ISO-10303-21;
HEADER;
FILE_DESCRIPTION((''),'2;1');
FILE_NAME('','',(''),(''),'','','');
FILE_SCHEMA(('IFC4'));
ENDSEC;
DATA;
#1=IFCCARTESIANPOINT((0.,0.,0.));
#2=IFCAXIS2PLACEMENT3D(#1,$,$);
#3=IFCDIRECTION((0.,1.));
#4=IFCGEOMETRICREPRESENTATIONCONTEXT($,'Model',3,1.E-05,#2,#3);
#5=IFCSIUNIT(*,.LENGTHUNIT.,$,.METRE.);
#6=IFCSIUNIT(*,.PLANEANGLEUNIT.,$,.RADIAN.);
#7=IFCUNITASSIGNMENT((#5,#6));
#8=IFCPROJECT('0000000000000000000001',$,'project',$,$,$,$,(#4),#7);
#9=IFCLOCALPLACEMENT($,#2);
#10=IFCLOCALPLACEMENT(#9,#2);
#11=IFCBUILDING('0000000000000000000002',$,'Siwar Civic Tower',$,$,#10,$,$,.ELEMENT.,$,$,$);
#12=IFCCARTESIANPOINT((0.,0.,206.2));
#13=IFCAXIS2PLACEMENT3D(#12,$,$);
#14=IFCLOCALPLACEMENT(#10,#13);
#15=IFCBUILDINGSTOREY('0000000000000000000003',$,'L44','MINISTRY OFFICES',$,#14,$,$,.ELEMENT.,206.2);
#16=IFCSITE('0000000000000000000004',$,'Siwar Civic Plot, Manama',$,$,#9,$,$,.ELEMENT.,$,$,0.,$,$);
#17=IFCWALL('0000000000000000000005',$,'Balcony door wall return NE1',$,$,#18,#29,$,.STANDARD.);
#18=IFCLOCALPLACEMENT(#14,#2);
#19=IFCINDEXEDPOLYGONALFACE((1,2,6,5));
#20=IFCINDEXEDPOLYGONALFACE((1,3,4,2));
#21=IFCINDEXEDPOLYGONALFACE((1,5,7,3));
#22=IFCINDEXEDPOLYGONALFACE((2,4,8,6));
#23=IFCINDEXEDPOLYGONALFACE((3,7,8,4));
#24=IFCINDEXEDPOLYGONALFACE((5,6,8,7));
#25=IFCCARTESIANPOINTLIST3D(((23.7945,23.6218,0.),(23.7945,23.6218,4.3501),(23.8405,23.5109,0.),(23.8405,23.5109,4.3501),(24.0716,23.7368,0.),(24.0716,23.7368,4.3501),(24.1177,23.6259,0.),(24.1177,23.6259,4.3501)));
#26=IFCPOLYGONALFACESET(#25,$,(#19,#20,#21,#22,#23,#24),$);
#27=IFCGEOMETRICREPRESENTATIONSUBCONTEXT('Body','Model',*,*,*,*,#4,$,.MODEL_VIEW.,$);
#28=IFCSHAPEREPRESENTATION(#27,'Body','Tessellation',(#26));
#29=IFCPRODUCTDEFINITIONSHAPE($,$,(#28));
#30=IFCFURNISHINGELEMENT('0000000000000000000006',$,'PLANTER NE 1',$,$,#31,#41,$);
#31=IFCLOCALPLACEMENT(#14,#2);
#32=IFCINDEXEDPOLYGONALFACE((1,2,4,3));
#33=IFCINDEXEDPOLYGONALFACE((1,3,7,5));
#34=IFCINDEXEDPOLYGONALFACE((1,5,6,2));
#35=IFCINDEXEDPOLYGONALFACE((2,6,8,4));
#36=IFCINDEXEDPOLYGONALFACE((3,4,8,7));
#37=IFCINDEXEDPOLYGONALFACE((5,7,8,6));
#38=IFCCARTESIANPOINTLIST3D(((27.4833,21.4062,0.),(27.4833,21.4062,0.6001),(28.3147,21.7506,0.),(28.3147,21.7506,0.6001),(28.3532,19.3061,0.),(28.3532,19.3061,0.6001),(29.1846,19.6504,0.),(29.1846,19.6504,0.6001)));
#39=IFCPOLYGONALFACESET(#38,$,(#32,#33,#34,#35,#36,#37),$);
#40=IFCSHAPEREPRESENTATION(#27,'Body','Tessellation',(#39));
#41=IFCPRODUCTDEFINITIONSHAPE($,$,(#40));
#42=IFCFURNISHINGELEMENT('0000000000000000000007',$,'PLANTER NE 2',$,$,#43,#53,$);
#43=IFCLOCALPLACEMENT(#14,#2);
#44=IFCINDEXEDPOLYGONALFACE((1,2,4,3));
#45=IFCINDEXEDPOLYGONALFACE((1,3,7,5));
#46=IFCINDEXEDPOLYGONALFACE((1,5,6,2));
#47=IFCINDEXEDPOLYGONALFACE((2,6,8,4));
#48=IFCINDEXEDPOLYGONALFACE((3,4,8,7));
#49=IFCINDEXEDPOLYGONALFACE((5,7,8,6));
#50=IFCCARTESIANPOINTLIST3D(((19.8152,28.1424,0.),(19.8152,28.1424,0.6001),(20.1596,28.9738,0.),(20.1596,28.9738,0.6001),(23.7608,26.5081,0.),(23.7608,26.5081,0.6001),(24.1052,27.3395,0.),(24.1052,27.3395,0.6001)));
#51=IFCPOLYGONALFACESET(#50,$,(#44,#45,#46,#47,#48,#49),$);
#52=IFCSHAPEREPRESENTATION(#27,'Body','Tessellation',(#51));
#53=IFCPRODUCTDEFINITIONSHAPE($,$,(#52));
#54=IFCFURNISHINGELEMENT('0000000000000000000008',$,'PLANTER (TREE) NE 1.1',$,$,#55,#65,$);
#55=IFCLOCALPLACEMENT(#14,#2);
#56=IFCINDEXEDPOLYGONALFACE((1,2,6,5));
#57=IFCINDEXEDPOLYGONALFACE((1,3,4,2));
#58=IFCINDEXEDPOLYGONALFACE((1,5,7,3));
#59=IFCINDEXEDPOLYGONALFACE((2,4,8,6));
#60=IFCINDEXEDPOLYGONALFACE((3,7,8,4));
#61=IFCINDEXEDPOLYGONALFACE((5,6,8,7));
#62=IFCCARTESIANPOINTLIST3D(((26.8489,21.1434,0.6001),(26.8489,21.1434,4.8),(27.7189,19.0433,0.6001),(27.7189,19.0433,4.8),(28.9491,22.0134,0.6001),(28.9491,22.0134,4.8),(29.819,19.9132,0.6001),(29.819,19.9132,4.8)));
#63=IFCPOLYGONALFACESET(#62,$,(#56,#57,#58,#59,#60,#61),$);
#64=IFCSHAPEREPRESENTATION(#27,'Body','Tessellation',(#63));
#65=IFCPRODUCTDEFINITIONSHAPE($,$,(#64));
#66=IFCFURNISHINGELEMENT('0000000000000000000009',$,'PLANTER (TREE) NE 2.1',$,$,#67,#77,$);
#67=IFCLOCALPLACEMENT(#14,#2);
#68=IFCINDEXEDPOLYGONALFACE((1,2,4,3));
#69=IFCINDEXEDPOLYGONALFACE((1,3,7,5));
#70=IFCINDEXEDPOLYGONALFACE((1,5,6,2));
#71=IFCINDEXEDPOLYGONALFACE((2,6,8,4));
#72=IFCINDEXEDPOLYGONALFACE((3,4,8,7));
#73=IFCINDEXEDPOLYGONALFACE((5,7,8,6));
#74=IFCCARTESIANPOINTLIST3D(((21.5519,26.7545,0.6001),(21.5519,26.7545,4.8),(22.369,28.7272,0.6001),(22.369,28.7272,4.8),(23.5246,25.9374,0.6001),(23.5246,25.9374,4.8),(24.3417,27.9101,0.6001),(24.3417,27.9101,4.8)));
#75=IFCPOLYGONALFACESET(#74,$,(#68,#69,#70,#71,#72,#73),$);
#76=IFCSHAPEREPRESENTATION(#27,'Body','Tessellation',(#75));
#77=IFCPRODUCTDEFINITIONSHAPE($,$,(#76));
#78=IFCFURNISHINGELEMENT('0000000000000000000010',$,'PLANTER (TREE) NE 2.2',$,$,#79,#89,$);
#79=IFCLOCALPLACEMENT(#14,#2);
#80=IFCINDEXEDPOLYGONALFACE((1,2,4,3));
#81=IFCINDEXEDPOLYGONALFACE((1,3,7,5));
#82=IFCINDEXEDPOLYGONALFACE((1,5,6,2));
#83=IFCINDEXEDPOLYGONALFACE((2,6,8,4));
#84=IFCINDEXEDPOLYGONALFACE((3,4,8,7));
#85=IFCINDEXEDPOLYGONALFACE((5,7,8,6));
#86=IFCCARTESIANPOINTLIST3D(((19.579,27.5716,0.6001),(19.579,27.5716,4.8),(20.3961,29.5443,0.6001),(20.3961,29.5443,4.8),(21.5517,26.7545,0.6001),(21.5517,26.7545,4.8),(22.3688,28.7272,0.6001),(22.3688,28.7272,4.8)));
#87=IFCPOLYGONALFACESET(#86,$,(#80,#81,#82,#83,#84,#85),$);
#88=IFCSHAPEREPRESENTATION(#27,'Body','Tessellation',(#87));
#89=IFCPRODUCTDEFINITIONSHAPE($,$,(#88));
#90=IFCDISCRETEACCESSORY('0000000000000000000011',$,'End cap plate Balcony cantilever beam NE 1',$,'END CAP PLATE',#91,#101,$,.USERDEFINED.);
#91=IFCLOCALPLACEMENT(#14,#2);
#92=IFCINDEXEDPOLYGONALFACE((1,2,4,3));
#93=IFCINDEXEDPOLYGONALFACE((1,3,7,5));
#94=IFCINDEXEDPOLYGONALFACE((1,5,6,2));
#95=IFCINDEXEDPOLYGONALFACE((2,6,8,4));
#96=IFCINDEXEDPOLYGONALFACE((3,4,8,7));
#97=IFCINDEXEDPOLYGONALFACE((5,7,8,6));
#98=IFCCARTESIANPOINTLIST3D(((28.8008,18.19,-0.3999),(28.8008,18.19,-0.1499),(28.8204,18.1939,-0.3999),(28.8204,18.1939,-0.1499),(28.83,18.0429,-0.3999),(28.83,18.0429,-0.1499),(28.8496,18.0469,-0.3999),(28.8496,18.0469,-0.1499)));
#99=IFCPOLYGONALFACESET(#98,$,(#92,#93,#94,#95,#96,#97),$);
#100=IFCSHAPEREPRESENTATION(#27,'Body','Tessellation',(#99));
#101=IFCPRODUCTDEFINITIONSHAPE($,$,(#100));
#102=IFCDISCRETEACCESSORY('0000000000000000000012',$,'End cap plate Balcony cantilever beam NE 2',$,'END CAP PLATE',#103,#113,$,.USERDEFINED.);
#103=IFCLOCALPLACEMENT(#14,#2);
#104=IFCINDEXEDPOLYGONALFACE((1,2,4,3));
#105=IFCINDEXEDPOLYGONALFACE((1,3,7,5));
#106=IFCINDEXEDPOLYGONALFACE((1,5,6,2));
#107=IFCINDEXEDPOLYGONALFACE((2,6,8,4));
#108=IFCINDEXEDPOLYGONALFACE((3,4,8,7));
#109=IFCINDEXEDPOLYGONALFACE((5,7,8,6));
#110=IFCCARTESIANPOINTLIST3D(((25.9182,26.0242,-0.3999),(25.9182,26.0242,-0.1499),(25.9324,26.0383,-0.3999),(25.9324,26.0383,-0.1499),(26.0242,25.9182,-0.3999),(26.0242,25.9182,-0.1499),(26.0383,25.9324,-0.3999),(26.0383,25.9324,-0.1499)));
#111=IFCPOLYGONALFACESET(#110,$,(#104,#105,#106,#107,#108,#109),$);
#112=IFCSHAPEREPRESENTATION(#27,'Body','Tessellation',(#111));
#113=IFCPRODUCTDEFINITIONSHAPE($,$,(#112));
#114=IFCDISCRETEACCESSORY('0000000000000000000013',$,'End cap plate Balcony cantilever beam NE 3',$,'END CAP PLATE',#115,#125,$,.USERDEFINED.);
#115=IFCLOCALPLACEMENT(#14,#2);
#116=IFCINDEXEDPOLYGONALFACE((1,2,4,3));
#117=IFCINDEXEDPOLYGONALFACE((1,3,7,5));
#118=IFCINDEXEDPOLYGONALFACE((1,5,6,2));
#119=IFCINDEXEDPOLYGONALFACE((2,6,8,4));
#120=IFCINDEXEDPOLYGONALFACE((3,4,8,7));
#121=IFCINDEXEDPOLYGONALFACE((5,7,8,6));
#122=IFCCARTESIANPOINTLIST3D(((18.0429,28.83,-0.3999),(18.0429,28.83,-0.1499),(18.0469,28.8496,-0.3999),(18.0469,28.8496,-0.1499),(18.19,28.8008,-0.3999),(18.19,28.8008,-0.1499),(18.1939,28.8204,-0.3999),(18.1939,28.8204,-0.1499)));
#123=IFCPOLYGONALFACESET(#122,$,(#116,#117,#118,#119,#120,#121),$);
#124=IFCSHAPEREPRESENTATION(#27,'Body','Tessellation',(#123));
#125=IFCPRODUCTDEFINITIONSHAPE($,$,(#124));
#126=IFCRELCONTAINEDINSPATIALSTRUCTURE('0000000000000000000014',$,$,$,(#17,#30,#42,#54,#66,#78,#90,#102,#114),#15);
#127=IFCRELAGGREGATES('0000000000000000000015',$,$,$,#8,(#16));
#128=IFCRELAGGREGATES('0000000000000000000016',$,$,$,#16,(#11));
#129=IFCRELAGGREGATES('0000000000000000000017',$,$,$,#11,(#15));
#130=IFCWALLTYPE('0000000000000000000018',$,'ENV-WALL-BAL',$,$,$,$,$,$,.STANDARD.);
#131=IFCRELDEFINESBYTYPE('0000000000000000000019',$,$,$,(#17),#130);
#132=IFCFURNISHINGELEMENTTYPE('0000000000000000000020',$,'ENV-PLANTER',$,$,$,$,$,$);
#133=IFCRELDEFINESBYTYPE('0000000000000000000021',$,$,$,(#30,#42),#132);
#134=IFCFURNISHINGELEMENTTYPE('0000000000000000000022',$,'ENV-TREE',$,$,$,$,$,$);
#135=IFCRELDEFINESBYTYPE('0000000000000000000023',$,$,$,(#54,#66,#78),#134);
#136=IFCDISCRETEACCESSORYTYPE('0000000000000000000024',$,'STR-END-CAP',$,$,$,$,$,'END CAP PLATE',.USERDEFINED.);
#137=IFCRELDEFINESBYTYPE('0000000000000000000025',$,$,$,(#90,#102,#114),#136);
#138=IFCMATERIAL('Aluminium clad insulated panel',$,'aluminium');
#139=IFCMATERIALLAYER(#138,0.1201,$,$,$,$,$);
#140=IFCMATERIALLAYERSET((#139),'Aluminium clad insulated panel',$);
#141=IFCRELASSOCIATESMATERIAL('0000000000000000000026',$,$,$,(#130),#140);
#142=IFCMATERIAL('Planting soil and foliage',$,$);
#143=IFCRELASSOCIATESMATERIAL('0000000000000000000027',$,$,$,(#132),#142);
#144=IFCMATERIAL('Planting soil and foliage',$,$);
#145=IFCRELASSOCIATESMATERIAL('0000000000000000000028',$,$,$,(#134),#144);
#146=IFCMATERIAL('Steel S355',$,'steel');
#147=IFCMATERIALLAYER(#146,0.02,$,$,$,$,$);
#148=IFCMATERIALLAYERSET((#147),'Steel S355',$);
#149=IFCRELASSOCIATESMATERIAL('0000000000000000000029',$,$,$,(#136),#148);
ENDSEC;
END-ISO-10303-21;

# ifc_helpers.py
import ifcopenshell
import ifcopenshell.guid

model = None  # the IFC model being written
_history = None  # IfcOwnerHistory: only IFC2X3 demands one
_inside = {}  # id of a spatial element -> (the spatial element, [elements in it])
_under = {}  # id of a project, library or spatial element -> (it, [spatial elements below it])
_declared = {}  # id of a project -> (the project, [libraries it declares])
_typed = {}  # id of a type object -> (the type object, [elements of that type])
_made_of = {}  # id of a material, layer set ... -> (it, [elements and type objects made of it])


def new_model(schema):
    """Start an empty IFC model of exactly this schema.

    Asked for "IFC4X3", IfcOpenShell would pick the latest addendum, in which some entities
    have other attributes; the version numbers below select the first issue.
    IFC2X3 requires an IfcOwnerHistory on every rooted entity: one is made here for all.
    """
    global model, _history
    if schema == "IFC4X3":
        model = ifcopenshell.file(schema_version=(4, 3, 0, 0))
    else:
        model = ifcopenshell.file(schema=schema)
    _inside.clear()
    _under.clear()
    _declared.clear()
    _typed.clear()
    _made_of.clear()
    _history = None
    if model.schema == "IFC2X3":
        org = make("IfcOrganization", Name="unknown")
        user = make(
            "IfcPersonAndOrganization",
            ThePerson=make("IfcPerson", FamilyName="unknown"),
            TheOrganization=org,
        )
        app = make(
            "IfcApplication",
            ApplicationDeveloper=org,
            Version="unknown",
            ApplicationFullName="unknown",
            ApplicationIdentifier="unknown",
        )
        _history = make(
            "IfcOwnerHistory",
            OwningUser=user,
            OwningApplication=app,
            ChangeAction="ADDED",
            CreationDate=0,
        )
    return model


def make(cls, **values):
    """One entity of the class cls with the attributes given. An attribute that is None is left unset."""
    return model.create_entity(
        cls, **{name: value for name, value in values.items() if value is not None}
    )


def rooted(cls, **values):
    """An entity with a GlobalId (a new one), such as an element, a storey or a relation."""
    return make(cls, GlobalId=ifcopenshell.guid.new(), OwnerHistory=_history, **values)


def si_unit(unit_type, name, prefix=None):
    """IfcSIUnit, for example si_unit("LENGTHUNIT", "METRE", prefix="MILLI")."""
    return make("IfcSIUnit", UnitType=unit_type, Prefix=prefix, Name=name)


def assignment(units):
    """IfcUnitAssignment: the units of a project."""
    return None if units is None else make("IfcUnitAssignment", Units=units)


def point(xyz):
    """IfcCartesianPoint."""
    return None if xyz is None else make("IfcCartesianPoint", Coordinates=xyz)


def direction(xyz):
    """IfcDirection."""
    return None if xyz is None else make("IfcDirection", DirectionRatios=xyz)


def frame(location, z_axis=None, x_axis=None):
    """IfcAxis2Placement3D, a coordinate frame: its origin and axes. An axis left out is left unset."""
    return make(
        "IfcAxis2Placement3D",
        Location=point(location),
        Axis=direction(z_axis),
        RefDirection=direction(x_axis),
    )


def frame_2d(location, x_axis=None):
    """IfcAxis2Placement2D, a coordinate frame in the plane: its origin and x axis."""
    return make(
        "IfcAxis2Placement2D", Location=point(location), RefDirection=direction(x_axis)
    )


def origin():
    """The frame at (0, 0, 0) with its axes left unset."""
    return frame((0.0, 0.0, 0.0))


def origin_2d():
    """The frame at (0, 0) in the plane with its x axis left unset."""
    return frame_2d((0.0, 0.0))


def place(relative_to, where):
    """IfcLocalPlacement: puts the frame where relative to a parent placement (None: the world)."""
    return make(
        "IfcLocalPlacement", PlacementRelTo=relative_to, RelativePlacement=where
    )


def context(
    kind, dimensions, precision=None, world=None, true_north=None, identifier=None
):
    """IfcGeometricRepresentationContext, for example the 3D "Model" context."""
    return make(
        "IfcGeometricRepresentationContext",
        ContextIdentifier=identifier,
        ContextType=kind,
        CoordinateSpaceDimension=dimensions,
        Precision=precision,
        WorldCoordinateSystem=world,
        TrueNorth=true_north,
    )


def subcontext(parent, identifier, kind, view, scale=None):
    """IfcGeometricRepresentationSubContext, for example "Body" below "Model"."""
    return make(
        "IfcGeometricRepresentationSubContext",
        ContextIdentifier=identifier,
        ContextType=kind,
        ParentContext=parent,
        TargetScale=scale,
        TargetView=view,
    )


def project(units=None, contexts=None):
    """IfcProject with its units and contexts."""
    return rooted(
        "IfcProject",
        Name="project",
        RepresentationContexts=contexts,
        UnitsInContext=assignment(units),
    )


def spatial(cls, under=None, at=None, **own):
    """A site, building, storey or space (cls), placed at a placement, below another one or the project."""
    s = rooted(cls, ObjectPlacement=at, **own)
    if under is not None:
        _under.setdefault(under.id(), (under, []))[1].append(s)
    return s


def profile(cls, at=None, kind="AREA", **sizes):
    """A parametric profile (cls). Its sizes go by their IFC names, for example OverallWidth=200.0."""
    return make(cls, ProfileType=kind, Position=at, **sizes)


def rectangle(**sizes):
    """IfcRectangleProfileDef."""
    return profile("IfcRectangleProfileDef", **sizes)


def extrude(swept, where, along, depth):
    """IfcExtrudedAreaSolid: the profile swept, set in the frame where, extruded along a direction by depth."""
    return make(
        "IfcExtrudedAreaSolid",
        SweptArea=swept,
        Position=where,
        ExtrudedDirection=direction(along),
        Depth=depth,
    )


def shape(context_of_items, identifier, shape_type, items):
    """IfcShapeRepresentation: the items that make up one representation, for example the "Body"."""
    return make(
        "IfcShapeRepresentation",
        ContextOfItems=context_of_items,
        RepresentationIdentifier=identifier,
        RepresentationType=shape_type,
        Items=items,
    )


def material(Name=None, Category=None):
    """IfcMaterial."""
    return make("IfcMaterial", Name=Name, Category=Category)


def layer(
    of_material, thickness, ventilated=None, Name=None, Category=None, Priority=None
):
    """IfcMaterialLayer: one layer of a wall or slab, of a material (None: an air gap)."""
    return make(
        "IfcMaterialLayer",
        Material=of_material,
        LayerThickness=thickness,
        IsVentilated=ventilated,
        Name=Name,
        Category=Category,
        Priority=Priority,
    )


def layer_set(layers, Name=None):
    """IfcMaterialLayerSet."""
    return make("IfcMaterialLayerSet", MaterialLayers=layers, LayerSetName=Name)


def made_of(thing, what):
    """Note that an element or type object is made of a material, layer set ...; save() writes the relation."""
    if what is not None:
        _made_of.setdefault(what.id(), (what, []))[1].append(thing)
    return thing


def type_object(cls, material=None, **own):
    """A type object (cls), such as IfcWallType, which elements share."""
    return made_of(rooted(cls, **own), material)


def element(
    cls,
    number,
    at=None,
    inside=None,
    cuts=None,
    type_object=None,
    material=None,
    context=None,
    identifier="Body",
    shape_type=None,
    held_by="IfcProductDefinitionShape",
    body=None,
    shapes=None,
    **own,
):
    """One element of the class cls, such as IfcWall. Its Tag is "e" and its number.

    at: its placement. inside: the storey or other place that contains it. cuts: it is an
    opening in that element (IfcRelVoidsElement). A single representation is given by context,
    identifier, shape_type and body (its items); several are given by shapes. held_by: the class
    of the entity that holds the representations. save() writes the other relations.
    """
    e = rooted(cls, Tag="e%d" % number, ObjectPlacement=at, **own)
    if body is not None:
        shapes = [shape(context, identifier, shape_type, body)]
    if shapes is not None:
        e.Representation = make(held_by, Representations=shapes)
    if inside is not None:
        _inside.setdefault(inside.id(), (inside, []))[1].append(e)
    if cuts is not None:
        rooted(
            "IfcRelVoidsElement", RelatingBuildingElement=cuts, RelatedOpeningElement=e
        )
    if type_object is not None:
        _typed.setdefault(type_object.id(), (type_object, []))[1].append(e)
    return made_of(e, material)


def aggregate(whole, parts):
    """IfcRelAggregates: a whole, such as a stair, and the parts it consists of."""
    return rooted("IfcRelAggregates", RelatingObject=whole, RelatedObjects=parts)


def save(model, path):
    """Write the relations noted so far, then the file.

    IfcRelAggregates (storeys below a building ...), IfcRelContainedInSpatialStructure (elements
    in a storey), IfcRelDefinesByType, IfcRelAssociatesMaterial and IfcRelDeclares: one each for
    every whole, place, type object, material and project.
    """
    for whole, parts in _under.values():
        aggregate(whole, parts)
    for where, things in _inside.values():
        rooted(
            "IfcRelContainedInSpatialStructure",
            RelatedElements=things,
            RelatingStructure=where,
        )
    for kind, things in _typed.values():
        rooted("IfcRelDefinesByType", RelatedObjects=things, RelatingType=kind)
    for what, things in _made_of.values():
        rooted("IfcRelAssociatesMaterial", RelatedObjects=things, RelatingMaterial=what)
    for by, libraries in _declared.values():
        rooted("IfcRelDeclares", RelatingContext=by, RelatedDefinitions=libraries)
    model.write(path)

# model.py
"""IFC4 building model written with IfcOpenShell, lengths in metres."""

from ifc_helpers import new_model, si_unit, direction, frame, frame_2d, origin, origin_2d, place, context, subcontext, project, spatial, rectangle, extrude, material, layer, layer_set, type_object, element, save


model = new_model("IFC4")

# Units and contexts
model_context = context("Model", 3, precision=1e-05, world=origin(), true_north=direction((0.0, 1.0)))
body_context = subcontext(model_context, "Body", "Model", "MODEL_VIEW")
ifc_project = project(units=[si_unit("LENGTHUNIT", "METRE"), si_unit("PLANEANGLEUNIT", "RADIAN")], contexts=[model_context])

# Site, building, storey
site_placement = place(None, origin())
site = spatial("IfcSite", under=ifc_project, at=site_placement, Name="Siwar Civic Plot, Manama", CompositionType="ELEMENT", RefElevation=0.0)
building_placement = place(site_placement, origin())
building = spatial("IfcBuilding", under=site, at=building_placement, Name="Siwar Civic Tower", CompositionType="ELEMENT")
storey_placement = place(building_placement, frame((0.0, 0.0, 206.2)))
storey = spatial("IfcBuildingStorey", under=building, at=storey_placement, Name="L44", Description="MINISTRY OFFICES", CompositionType="ELEMENT", Elevation=206.2)

# Wall
ifc_material_1 = material(Name="Aluminium clad insulated panel", Category="aluminium")
ifc_layer_1 = layer(ifc_material_1, 0.1201)
ifc_layer_set_1 = layer_set([ifc_layer_1], Name="Aluminium clad insulated panel")
wall_type = type_object("IfcWallType", Name="ENV-WALL-BAL", PredefinedType="STANDARD", material=ifc_layer_set_1)
wall_1_placement = place(storey_placement, frame((23.8176, 23.5664, 0.0), z_axis=(0.0, 0.0, 1.0), x_axis=(0.92363, 0.383286, 0.0)))
element("IfcWall", 1, at=wall_1_placement, inside=storey, type_object=wall_type, Name="Balcony door wall return NE1", PredefinedType="STANDARD", context=body_context, shape_type="SweptSolid", body=[
    extrude(rectangle(XDim=0.3, YDim=0.1201, at=frame_2d((0.1499, 0.0))), origin(), (0.0, 0.0, 1.0), 4.3501),
])

# Furnishing elements
ifc_material_2 = material(Name="Planting soil and foliage")
furnishing_element_type_1 = type_object("IfcFurnishingElementType", Name="ENV-PLANTER", material=ifc_material_2)
furnishing_1_placement = place(storey_placement, frame((28.334, 20.5283, 0.0), z_axis=(0.0, 0.0, 1.0), x_axis=(-0.382683, 0.92388, 0.0)))
element("IfcFurnishingElement", 2, at=furnishing_1_placement, inside=storey, type_object=furnishing_element_type_1, Name="PLANTER NE 1", context=body_context, shape_type="SweptSolid", body=[
    extrude(rectangle(XDim=2.2732, YDim=0.8999, at=origin_2d()), origin(), (0.0, 0.0, 1.0), 0.6001),
])
furnishing_2_placement = place(storey_placement, frame((21.9602, 27.741, 0.0), z_axis=(0.0, 0.0, 1.0), x_axis=(-0.92388, 0.382683, 0.0)))
element("IfcFurnishingElement", 3, at=furnishing_2_placement, inside=storey, type_object=furnishing_element_type_1, Name="PLANTER NE 2", context=body_context, shape_type="SweptSolid", body=[
    extrude(rectangle(XDim=4.2708, YDim=0.8999, at=origin_2d()), origin(), (0.0, 0.0, 1.0), 0.6001),
])
ifc_material_3 = material(Name="Planting soil and foliage")
furnishing_element_type_2 = type_object("IfcFurnishingElementType", Name="ENV-TREE", material=ifc_material_3)
furnishing_3_placement = place(storey_placement, frame((28.334, 20.5283, 0.6001), z_axis=(0.0, 0.0, 1.0), x_axis=(-0.382683, 0.92388, 0.0)))
element("IfcFurnishingElement", 4, at=furnishing_3_placement, inside=storey, type_object=furnishing_element_type_2, Name="PLANTER (TREE) NE 1.1", context=body_context, shape_type="SweptSolid", body=[
    extrude(rectangle(XDim=2.2732, YDim=2.2732, at=origin_2d()), origin(), (0.0, 0.0, 1.0), 4.2),
])
for number, where, z_axis, x_axis, name in (
    (5, (22.9468, 27.3323, 0.6001), (0.0, 0.0, 1.0), (-0.92388, 0.382683, 0.0), "PLANTER (TREE) NE 2.1"),
    (6, (20.9739, 28.1494, 0.6001), (0.0, 0.0, 1.0), (-0.92388, 0.382683, 0.0), "PLANTER (TREE) NE 2.2"),
):
    element("IfcFurnishingElement", number, at=place(storey_placement, frame(where, z_axis=z_axis, x_axis=x_axis)), inside=storey, type_object=furnishing_element_type_2, Name=name, context=body_context, shape_type="SweptSolid", body=[
        extrude(rectangle(XDim=2.1353, YDim=2.1353, at=origin_2d()), origin(), (0.0, 0.0, 1.0), 4.2),
    ])

# Discrete accessories
ifc_material_4 = material(Name="Steel S355", Category="steel")
ifc_layer_2 = layer(ifc_material_4, 0.02)
ifc_layer_set_2 = layer_set([ifc_layer_2], Name="Steel S355")
discrete_accessory_type = type_object("IfcDiscreteAccessoryType", Name="STR-END-CAP", ElementType="END CAP PLATE", PredefinedType="USERDEFINED", material=ifc_layer_set_2)
for number, where, z_axis, x_axis, name in (
    (7, (28.8252, 18.1184, -0.3999), (0.0, 0.0, 1.0), (0.980785, 0.19509, 0.0), "End cap plate Balcony cantilever beam NE 1"),
    (8, (25.9783, 25.9783, -0.3999), (0.0, 0.0, 1.0), (0.707107, 0.707107, 0.0), "End cap plate Balcony cantilever beam NE 2"),
    (9, (18.1184, 28.8252, -0.3999), (0.0, 0.0, 1.0), (0.19509, 0.980785, 0.0), "End cap plate Balcony cantilever beam NE 3"),
):
    element("IfcDiscreteAccessory", number, at=place(storey_placement, frame(where, z_axis=z_axis, x_axis=x_axis)), inside=storey, type_object=discrete_accessory_type, Name=name, ObjectType="END CAP PLATE", PredefinedType="USERDEFINED", context=body_context, shape_type="SweptSolid", body=[
        extrude(rectangle(XDim=0.02, YDim=0.1499, at=origin_2d()), origin(), (0.0, 0.0, 1.0), 0.25),
    ])

save(model, "model.ifc")
